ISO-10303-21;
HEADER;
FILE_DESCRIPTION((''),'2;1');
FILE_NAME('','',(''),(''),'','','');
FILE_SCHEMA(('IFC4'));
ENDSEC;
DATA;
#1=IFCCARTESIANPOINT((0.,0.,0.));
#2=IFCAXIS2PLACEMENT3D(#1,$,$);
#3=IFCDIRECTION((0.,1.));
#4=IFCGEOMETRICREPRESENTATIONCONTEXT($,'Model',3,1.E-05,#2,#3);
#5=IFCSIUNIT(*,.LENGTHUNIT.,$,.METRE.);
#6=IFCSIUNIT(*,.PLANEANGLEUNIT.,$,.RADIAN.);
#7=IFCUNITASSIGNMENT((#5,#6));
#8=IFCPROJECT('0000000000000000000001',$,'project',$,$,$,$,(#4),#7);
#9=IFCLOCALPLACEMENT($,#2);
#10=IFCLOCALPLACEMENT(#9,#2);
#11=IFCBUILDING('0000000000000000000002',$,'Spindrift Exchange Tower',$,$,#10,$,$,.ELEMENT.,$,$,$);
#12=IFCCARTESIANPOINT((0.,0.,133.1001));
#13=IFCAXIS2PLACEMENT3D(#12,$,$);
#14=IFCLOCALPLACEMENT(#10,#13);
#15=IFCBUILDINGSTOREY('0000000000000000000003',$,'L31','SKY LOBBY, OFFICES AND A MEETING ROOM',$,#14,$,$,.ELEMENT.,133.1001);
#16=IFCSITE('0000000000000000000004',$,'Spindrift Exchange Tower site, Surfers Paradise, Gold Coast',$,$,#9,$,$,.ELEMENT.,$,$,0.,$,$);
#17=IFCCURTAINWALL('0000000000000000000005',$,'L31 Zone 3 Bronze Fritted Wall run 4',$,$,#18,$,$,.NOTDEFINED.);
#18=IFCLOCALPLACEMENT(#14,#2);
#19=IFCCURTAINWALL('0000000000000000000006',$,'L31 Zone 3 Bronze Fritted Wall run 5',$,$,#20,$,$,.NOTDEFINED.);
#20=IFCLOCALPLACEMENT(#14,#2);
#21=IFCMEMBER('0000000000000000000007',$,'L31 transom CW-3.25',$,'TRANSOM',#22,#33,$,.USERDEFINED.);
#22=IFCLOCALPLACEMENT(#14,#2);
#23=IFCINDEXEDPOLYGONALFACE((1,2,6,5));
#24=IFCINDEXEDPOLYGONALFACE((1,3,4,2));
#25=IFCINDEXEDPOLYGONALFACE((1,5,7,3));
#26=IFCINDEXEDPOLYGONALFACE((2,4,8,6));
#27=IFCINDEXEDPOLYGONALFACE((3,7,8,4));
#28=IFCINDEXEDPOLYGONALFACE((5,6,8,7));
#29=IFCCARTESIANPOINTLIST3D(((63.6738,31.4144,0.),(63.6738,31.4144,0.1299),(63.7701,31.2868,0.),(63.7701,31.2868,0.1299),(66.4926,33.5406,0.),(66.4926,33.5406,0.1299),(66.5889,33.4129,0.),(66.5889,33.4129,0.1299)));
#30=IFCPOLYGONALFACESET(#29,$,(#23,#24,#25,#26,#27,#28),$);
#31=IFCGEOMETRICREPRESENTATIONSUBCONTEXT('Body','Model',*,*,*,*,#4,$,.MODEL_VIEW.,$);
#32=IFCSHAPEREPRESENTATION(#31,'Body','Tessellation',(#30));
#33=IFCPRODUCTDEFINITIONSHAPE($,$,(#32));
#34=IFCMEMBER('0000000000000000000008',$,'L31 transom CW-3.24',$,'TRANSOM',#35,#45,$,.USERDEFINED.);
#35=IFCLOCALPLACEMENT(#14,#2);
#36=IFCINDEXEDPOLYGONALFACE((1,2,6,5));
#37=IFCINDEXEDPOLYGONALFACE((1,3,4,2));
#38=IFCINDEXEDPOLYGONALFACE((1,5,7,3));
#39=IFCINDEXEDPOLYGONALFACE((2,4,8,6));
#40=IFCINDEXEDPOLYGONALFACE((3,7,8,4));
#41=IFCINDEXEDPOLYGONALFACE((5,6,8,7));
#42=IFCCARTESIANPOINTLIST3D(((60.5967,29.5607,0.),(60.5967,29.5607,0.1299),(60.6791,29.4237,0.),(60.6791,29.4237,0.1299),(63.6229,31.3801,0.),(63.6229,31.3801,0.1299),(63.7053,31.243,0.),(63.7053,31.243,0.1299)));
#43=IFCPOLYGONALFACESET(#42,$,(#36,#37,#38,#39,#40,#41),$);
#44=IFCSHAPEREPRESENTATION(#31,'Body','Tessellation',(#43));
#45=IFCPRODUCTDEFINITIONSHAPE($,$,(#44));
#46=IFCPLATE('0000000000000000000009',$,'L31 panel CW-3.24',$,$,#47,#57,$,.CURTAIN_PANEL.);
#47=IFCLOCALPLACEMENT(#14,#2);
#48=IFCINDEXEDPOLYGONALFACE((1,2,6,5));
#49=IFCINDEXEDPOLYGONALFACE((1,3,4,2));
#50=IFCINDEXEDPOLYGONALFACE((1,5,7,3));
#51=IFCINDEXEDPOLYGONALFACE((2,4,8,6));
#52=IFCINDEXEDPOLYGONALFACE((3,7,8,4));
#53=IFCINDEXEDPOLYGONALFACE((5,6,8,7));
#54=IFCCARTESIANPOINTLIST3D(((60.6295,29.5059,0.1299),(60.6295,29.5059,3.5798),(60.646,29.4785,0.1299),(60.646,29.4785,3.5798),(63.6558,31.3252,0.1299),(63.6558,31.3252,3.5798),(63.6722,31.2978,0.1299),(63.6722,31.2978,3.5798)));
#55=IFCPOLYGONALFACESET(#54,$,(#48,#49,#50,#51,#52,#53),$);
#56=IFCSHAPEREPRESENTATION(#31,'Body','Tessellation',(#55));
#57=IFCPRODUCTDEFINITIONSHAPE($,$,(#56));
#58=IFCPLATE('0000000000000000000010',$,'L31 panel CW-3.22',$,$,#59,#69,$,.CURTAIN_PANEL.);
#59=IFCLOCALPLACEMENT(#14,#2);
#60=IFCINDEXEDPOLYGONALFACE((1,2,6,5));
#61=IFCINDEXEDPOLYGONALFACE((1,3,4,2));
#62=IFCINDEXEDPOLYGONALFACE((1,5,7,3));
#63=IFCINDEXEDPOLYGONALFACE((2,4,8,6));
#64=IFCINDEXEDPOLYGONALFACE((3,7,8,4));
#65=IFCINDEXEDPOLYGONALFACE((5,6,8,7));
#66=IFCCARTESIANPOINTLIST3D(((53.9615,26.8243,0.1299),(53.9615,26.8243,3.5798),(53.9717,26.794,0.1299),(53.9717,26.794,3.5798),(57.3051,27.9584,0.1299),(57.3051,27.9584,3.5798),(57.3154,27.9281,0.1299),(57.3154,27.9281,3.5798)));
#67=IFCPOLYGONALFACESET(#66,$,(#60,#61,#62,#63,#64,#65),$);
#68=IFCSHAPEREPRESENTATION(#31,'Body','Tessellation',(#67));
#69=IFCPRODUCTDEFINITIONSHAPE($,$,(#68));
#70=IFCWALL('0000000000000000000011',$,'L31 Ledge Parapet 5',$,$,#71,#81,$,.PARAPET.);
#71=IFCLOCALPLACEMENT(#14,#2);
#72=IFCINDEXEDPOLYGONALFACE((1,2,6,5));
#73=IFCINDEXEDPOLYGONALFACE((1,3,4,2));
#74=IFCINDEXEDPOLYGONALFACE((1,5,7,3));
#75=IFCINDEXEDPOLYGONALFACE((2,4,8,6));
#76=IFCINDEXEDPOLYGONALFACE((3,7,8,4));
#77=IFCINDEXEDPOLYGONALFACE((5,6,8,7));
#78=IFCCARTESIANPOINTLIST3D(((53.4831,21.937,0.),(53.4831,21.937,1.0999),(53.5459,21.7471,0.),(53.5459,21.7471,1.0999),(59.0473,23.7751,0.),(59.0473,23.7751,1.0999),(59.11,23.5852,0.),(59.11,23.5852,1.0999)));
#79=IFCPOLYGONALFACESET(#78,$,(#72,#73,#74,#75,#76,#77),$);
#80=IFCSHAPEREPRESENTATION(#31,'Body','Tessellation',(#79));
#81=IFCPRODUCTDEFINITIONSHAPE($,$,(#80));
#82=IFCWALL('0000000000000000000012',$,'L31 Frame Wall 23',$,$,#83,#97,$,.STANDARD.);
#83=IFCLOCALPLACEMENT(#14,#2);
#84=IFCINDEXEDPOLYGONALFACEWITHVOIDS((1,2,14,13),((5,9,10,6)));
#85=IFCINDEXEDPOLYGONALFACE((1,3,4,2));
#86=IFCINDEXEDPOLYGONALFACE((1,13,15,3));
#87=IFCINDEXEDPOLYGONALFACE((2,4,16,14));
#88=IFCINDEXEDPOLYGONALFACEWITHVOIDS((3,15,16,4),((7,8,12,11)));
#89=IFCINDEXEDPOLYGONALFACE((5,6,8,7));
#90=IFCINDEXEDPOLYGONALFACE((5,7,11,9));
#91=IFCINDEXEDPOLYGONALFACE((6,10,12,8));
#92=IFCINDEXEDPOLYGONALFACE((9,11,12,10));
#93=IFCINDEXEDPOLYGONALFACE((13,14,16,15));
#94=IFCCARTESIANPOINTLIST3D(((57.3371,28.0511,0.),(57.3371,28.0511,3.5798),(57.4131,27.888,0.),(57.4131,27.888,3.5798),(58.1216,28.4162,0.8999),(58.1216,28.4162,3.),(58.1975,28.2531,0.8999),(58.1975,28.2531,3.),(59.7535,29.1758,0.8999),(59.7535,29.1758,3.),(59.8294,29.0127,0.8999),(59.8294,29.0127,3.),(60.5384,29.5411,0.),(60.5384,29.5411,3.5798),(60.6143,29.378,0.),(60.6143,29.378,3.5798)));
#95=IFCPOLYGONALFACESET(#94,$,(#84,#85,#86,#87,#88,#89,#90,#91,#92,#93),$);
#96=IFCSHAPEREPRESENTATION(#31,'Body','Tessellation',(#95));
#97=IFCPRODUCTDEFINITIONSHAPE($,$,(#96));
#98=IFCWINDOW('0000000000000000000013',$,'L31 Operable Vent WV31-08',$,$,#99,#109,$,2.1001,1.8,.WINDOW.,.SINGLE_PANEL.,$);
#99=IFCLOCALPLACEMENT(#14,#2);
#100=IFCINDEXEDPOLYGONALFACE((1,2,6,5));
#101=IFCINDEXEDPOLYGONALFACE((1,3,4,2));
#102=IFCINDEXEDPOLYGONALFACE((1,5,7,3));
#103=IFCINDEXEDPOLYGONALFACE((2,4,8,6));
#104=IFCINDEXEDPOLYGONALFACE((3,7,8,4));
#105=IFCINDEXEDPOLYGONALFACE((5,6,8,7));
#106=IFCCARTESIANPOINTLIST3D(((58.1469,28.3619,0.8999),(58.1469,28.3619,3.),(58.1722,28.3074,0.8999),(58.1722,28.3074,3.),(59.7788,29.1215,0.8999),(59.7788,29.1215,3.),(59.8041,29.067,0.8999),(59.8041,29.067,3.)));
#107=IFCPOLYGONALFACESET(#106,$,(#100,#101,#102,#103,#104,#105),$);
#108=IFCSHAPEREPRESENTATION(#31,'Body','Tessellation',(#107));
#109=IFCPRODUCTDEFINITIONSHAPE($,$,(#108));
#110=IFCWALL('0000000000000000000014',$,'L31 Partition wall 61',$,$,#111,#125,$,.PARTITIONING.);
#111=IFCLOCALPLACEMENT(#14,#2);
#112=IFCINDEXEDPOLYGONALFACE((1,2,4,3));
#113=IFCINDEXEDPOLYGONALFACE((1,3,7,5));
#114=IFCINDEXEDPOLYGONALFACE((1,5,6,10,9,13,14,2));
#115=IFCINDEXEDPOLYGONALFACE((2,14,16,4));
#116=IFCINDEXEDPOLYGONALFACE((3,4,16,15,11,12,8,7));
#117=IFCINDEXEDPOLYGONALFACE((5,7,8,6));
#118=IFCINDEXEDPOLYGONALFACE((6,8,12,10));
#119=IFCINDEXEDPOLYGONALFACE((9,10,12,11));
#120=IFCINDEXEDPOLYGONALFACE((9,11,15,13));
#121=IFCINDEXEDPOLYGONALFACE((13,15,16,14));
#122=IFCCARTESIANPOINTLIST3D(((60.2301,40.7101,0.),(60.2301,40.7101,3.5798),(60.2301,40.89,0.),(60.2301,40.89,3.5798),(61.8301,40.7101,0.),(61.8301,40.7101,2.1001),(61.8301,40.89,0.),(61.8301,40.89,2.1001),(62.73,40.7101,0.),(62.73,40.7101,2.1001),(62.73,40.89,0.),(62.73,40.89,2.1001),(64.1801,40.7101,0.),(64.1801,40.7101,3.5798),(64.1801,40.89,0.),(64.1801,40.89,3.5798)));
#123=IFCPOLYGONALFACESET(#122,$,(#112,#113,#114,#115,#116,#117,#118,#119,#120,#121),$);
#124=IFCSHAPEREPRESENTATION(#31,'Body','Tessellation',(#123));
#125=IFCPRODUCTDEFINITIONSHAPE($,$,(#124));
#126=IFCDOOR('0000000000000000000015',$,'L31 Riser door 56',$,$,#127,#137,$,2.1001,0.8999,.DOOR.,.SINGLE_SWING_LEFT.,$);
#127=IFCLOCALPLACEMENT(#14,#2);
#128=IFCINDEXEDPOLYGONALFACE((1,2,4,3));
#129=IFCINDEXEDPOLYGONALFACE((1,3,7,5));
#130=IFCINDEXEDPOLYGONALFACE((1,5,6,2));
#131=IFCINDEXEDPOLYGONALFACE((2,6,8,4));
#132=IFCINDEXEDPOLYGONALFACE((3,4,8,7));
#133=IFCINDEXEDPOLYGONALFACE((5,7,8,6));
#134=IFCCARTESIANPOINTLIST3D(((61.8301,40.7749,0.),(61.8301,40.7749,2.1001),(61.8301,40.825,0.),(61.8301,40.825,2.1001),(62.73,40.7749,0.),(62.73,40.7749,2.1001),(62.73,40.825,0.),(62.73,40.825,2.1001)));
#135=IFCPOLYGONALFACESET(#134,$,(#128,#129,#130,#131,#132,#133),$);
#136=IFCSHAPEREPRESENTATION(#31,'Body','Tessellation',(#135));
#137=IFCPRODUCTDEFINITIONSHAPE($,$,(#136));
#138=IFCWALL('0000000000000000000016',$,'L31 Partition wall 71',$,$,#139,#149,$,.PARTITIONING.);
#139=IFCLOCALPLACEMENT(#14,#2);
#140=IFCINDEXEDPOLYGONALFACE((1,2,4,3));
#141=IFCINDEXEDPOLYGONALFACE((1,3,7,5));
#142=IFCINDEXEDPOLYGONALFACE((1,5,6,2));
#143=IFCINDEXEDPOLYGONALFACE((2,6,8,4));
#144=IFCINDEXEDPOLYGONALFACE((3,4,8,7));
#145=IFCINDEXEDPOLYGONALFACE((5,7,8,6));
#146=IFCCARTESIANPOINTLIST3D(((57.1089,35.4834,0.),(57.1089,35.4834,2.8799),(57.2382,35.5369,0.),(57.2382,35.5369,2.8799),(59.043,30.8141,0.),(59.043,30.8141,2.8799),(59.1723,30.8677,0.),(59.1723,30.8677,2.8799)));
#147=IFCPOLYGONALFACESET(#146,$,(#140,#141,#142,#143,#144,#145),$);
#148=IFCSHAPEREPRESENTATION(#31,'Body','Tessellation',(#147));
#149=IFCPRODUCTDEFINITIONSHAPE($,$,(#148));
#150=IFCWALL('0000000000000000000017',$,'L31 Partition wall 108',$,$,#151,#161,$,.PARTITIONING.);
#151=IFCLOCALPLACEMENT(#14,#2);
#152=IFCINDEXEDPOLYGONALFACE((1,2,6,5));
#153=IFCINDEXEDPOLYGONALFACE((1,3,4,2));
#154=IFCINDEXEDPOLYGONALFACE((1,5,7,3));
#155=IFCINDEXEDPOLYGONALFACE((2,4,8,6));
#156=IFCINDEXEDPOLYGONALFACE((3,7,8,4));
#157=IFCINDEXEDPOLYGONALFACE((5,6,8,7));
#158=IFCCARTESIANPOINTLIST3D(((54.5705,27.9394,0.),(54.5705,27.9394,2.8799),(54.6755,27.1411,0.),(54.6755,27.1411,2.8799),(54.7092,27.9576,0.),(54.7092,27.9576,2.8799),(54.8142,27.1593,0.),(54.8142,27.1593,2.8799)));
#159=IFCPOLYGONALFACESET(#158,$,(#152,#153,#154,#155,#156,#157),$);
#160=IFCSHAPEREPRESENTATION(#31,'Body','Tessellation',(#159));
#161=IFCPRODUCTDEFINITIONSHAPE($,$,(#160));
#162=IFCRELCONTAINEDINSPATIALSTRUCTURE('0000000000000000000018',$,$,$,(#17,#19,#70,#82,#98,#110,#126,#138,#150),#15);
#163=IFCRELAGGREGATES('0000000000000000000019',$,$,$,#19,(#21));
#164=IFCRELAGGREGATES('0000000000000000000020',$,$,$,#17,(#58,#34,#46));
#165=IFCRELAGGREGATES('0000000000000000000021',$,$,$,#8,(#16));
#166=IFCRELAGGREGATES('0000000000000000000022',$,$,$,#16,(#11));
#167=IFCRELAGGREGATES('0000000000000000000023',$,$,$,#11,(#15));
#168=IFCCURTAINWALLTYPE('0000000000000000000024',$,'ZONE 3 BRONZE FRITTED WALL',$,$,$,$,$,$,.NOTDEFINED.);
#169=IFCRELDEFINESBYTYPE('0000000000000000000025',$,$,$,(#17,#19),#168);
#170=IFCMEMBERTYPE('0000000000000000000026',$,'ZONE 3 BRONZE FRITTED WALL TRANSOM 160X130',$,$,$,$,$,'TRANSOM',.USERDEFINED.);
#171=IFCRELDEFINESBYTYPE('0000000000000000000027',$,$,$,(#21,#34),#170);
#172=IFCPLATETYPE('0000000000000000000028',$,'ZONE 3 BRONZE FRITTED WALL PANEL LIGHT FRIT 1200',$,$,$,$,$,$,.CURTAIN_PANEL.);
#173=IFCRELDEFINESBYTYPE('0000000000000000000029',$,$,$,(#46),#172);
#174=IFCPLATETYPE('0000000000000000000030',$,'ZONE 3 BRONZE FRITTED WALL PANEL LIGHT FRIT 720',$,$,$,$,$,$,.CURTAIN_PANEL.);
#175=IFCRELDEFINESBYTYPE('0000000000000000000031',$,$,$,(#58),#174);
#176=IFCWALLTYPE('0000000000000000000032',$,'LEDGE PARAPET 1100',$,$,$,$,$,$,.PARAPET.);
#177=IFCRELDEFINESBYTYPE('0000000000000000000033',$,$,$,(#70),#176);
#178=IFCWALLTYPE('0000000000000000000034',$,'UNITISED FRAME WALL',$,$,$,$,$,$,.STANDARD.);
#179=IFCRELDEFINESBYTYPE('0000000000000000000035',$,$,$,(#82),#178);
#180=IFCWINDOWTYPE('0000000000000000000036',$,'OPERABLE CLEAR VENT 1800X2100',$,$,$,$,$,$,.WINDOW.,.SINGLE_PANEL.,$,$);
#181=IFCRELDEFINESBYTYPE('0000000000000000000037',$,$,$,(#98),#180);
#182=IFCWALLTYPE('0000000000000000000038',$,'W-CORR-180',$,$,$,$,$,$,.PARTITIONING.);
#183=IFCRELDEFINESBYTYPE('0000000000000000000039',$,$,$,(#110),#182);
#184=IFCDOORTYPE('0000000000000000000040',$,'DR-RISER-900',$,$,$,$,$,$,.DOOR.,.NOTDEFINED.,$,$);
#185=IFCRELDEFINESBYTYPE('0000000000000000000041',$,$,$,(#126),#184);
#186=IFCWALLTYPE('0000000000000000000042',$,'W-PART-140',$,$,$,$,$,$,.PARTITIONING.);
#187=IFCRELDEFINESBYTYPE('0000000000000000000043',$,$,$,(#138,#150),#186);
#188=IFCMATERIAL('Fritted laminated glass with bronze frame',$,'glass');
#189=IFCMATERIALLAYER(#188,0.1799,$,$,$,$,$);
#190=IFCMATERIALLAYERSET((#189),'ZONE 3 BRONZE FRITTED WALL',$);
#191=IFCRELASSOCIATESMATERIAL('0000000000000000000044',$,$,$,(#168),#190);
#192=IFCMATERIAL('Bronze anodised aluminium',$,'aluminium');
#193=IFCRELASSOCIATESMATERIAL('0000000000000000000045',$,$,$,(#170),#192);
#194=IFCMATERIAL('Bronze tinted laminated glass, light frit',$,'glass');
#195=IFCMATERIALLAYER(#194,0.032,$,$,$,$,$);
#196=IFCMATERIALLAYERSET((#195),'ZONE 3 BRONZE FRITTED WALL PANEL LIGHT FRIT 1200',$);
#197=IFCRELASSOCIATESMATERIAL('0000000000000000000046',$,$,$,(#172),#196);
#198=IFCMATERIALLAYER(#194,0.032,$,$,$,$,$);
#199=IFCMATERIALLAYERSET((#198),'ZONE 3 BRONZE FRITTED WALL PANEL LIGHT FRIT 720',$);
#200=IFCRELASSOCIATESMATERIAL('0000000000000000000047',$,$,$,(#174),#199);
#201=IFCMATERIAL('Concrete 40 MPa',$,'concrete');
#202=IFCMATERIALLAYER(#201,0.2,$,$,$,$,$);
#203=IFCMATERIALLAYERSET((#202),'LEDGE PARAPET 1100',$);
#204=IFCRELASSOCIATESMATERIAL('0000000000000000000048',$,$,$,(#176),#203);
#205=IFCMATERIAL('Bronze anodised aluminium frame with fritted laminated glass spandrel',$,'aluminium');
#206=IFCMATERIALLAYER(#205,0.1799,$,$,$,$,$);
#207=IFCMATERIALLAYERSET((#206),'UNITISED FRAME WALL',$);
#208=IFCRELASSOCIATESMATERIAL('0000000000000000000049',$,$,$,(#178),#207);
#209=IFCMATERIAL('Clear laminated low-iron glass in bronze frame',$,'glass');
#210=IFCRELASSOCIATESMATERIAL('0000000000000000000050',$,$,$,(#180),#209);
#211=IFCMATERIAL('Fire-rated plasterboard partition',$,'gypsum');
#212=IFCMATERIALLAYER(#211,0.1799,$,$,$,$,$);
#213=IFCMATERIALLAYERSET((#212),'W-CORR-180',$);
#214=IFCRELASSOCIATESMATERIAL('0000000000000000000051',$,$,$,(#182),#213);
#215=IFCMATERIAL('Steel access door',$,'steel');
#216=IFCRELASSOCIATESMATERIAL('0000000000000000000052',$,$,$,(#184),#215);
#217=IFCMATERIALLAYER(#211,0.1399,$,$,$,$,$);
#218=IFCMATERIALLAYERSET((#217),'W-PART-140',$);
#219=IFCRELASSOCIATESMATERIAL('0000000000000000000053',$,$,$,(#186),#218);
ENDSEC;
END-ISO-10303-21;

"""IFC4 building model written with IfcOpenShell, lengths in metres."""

from ifc_helpers import new_model, si_unit, direction, frame, frame_2d, origin, origin_2d, place, context, subcontext, project, spatial, rectangle, extrude, source, transform, mapped, material, layer, layer_set, material_profile, profile_set, type_object, element, fill, aggregate, save


model = new_model("IFC4")

# Units and contexts
model_context = context("Model", 3, precision=1e-05, world=origin(), true_north=direction((0.0, 1.0)))
body_context = subcontext(model_context, "Body", "Model", "MODEL_VIEW")
ifc_project = project(units=[si_unit("LENGTHUNIT", "METRE"), si_unit("PLANEANGLEUNIT", "RADIAN")], contexts=[model_context])

# Site, building, storey
site_placement = place(None, origin())
site = spatial("IfcSite", under=ifc_project, at=site_placement, Name="Spindrift Exchange Tower site, Surfers Paradise, Gold Coast", CompositionType="ELEMENT", RefElevation=0.0)
building_placement = place(site_placement, origin())
building = spatial("IfcBuilding", under=site, at=building_placement, Name="Spindrift Exchange Tower", CompositionType="ELEMENT")
storey_placement = place(building_placement, frame((0.0, 0.0, 133.1001)))
storey = spatial("IfcBuildingStorey", under=building, at=storey_placement, Name="L31", Description="SKY LOBBY, OFFICES AND A MEETING ROOM", CompositionType="ELEMENT", Elevation=133.1001)

# Curtain walls, member
ifc_material_1 = material(Name="Fritted laminated glass with bronze frame", Category="glass")
ifc_layer_1 = layer(ifc_material_1, 0.1799)
ifc_layer_set_1 = layer_set([ifc_layer_1], Name="ZONE 3 BRONZE FRITTED WALL")
curtain_wall_type = type_object("IfcCurtainWallType", Name="ZONE 3 BRONZE FRITTED WALL", PredefinedType="NOTDEFINED", material=ifc_layer_set_1)
curtain_wall_1_placement = place(storey_placement, origin())
curtain_wall_1 = element("IfcCurtainWall", 1, at=curtain_wall_1_placement, inside=storey, type_object=curtain_wall_type, Name="L31 Zone 3 Bronze Fritted Wall run 4", PredefinedType="NOTDEFINED")
ifc_material_2 = material(Name="Bronze anodised aluminium", Category="aluminium")
curtain_wall_2_placement = place(storey_placement, origin())
curtain_wall_2 = element("IfcCurtainWall", 2, at=curtain_wall_2_placement, inside=storey, type_object=curtain_wall_type, Name="L31 Zone 3 Bronze Fritted Wall run 5", PredefinedType="NOTDEFINED")
ifc_material_profile_1 = material_profile(ifc_material_2, rectangle(XDim=0.1599, YDim=0.1299, at=origin_2d()), Name="ZONE 3 BRONZE FRITTED WALL TRANSOM 160X130")
ifc_profile_set_1 = profile_set([ifc_material_profile_1], Name="Bronze anodised aluminium")
member_type_1 = type_object("IfcMemberType", Name="ZONE 3 BRONZE FRITTED WALL TRANSOM 160X130", ElementType="TRANSOM", PredefinedType="USERDEFINED", material=ifc_profile_set_1)
shared_shape_1 = source(origin(), body_context, "Body", "SweptSolid", [
    extrude(rectangle(XDim=0.1599, YDim=0.1299, at=origin_2d()), origin(), (0.0, 0.0, 1.0), 3.5308),
])
member_1_placement = place(storey_placement, frame((63.7219, 31.3506, 0.0649), z_axis=(0.798354, 0.602188, 0.0), x_axis=(-0.602188, 0.798354, 0.0)))
member_1 = element("IfcMember", 3, at=member_1_placement, type_object=member_type_1, Name="L31 transom CW-3.25", ObjectType="TRANSOM", PredefinedType="USERDEFINED", context=body_context, shape_type="MappedRepresentation", body=[
    mapped(shared_shape_1, transform((0.0, 0.0, 0.0), scale=1.0)),
])
aggregate(curtain_wall_2, [member_1])

# Member
shared_shape_2 = source(origin(), body_context, "Body", "SweptSolid", [
    extrude(rectangle(XDim=0.1599, YDim=0.1299, at=origin_2d()), origin(), (0.0, 0.0, 1.0), 3.531),
])
member_2_placement = place(storey_placement, frame((60.6379, 29.4922, 0.0649), z_axis=(0.857035, 0.515258, 0.0), x_axis=(-0.515258, 0.857035, 0.0)))
member_2 = element("IfcMember", 4, at=member_2_placement, type_object=member_type_1, Name="L31 transom CW-3.24", ObjectType="TRANSOM", PredefinedType="USERDEFINED", context=body_context, shape_type="MappedRepresentation", body=[
    mapped(shared_shape_2, transform((0.0, 0.0, 0.0), scale=1.0)),
])

# Plates
ifc_material_3 = material(Name="Bronze tinted laminated glass, light frit", Category="glass")
ifc_layer_2 = layer(ifc_material_3, 0.032)
ifc_layer_set_2 = layer_set([ifc_layer_2], Name="ZONE 3 BRONZE FRITTED WALL PANEL LIGHT FRIT 1200")
plate_type_1 = type_object("IfcPlateType", Name="ZONE 3 BRONZE FRITTED WALL PANEL LIGHT FRIT 1200", PredefinedType="CURTAIN_PANEL", material=ifc_layer_set_2)
shared_shape_3 = source(origin(), body_context, "Body", "SweptSolid", [
    extrude(rectangle(XDim=3.531, YDim=0.032, at=origin_2d()), origin(), (0.0, 0.0, 1.0), 3.45),
])
plate_1_placement = place(storey_placement, frame((62.1509, 30.4019, 0.1299), z_axis=(0.0, 0.0, 1.0), x_axis=(0.857047, 0.515239, 0.0)))
plate_1 = element("IfcPlate", 5, at=plate_1_placement, type_object=plate_type_1, Name="L31 panel CW-3.24", PredefinedType="CURTAIN_PANEL", context=body_context, shape_type="MappedRepresentation", body=[
    mapped(shared_shape_3, transform((0.0, 0.0, 0.0), scale=1.0)),
])
ifc_layer_3 = layer(ifc_material_3, 0.032)
ifc_layer_set_3 = layer_set([ifc_layer_3], Name="ZONE 3 BRONZE FRITTED WALL PANEL LIGHT FRIT 720")
plate_type_2 = type_object("IfcPlateType", Name="ZONE 3 BRONZE FRITTED WALL PANEL LIGHT FRIT 720", PredefinedType="CURTAIN_PANEL", material=ifc_layer_set_3)
shared_shape_4 = source(origin(), body_context, "Body", "SweptSolid", [
    extrude(rectangle(XDim=3.5308, YDim=0.032, at=origin_2d()), origin(), (0.0, 0.0, 1.0), 3.45),
])
plate_2_placement = place(storey_placement, frame((55.6384, 27.3762, 0.1299), z_axis=(0.0, 0.0, 1.0), x_axis=(0.947006, 0.321215, 0.0)))
plate_2 = element("IfcPlate", 6, at=plate_2_placement, type_object=plate_type_2, Name="L31 panel CW-3.22", PredefinedType="CURTAIN_PANEL", context=body_context, shape_type="MappedRepresentation", body=[
    mapped(shared_shape_4, transform((0.0, 0.0, 0.0), scale=1.0)),
])
aggregate(curtain_wall_1, [plate_2, member_2, plate_1])

# Wall
ifc_material_4 = material(Name="Concrete 40 MPa", Category="concrete")
ifc_layer_4 = layer(ifc_material_4, 0.2)
ifc_layer_set_4 = layer_set([ifc_layer_4], Name="LEDGE PARAPET 1100")
wall_type_1 = type_object("IfcWallType", Name="LEDGE PARAPET 1100", PredefinedType="PARAPET", material=ifc_layer_set_4)
wall_1_placement = place(storey_placement, frame((59.0786, 23.6802, 0.0), z_axis=(0.0, 0.0, 1.0), x_axis=(-0.94953, -0.313677, 0.0)))
element("IfcWall", 7, at=wall_1_placement, inside=storey, type_object=wall_type_1, Name="L31 Ledge Parapet 5", PredefinedType="PARAPET", context=body_context, shape_type="SweptSolid", body=[
    extrude(rectangle(XDim=5.8599, YDim=0.2, at=frame_2d((2.9299, 0.0))), origin(), (0.0, 0.0, 1.0), 1.0999),
])

# Wall, opening, window
ifc_material_5 = material(Name="Bronze anodised aluminium frame with fritted laminated glass spandrel", Category="aluminium")
ifc_layer_5 = layer(ifc_material_5, 0.1799)
ifc_layer_set_5 = layer_set([ifc_layer_5], Name="UNITISED FRAME WALL")
wall_type_2 = type_object("IfcWallType", Name="UNITISED FRAME WALL", PredefinedType="STANDARD", material=ifc_layer_set_5)
wall_2_placement = place(storey_placement, frame((57.375, 27.9695, 0.0), z_axis=(0.0, 0.0, 1.0), x_axis=(0.906605, 0.421981, 0.0)))
wall_2 = element("IfcWall", 8, at=wall_2_placement, inside=storey, type_object=wall_type_2, Name="L31 Frame Wall 23", PredefinedType="STANDARD", context=body_context, shape_type="SweptSolid", body=[
    extrude(rectangle(XDim=3.531, YDim=0.1799, at=frame_2d((1.7656, 0.0))), origin(), (0.0, 0.0, 1.0), 3.5798),
])
opening_1_placement = place(wall_2_placement, frame((0.8655, 0.0, 0.8999)))
opening_1 = element("IfcOpeningElement", 9, at=opening_1_placement, cuts=wall_2, PredefinedType="OPENING", context=body_context, shape_type="SweptSolid", body=[
    extrude(rectangle(XDim=1.8, YDim=2.1001, at=frame_2d((0.8999, 1.05))), frame((0.0, 0.0999, 0.0), z_axis=(0.0, -1.0, 0.0), x_axis=(1.0, 0.0, 0.0)), (0.0, 0.0, 1.0), 0.2),
])
ifc_material_6 = material(Name="Clear laminated low-iron glass in bronze frame", Category="glass")
window_type = type_object("IfcWindowType", Name="OPERABLE CLEAR VENT 1800X2100", PartitioningType="SINGLE_PANEL", PredefinedType="WINDOW", material=ifc_material_6)
shared_shape_5 = source(origin(), body_context, "Body", "SweptSolid", [
    extrude(rectangle(XDim=1.8, YDim=2.1001, at=frame_2d((0.8999, 1.05))), frame((0.0, 0.03, 0.0), z_axis=(0.0, -1.0, 0.0), x_axis=(1.0, 0.0, 0.0)), (0.0, 0.0, 1.0), 0.0601),
])
window_placement = place(opening_1_placement, origin())
window = element("IfcWindow", 10, at=window_placement, inside=storey, type_object=window_type, Name="L31 Operable Vent WV31-08", OverallHeight=2.1001, OverallWidth=1.8, PartitioningType="SINGLE_PANEL", PredefinedType="WINDOW", context=body_context, shape_type="MappedRepresentation", body=[
    mapped(shared_shape_5, transform((0.0, 0.0, 0.0), scale=1.0)),
])
fill(opening_1, window)

# Wall, opening, door
ifc_material_7 = material(Name="Fire-rated plasterboard partition", Category="gypsum")
ifc_layer_6 = layer(ifc_material_7, 0.1799)
ifc_layer_set_6 = layer_set([ifc_layer_6], Name="W-CORR-180")
wall_type_3 = type_object("IfcWallType", Name="W-CORR-180", PredefinedType="PARTITIONING", material=ifc_layer_set_6)
wall_3_placement = place(storey_placement, frame((60.23, 40.8, 0.0), z_axis=(0.0, 0.0, 1.0), x_axis=(1.0, 0.0, 0.0)))
wall_3 = element("IfcWall", 11, at=wall_3_placement, inside=storey, type_object=wall_type_3, Name="L31 Partition wall 61", PredefinedType="PARTITIONING", context=body_context, shape_type="SweptSolid", body=[
    extrude(rectangle(XDim=3.95, YDim=0.1799, at=frame_2d((1.9751, 0.0))), origin(), (0.0, 0.0, 1.0), 3.5798),
])
opening_2_placement = place(wall_3_placement, frame((1.6001, 0.0, 0.0)))
opening_2 = element("IfcOpeningElement", 12, at=opening_2_placement, cuts=wall_3, PredefinedType="OPENING", context=body_context, shape_type="SweptSolid", body=[
    extrude(rectangle(XDim=0.8999, YDim=2.1001, at=frame_2d((0.45, 1.05))), frame((0.0, 0.0999, 0.0), z_axis=(0.0, -1.0, 0.0), x_axis=(1.0, 0.0, 0.0)), (0.0, 0.0, 1.0), 0.2),
])
ifc_material_8 = material(Name="Steel access door", Category="steel")
door_type = type_object("IfcDoorType", Name="DR-RISER-900", OperationType="NOTDEFINED", PredefinedType="DOOR", material=ifc_material_8)
shared_shape_6 = source(origin(), body_context, "Body", "SweptSolid", [
    extrude(rectangle(XDim=0.8999, YDim=2.1001, at=frame_2d((0.45, 1.05))), frame((0.0, 0.0249, 0.0), z_axis=(0.0, -1.0, 0.0), x_axis=(1.0, 0.0, 0.0)), (0.0, 0.0, 1.0), 0.05),
])
door_placement = place(opening_2_placement, origin())
door = element("IfcDoor", 13, at=door_placement, inside=storey, type_object=door_type, Name="L31 Riser door 56", OperationType="SINGLE_SWING_LEFT", OverallHeight=2.1001, OverallWidth=0.8999, PredefinedType="DOOR", context=body_context, shape_type="MappedRepresentation", body=[
    mapped(shared_shape_6, transform((0.0, 0.0, 0.0), scale=1.0)),
])
fill(opening_2, door)

# Walls
ifc_layer_7 = layer(ifc_material_7, 0.1399)
ifc_layer_set_7 = layer_set([ifc_layer_7], Name="W-PART-140")
wall_type_4 = type_object("IfcWallType", Name="W-PART-140", PredefinedType="PARTITIONING", material=ifc_layer_set_7)
wall_4_placement = place(storey_placement, frame((57.1736, 35.51, 0.0), z_axis=(0.0, 0.0, 1.0), x_axis=(0.38269, -0.923877, 0.0)))
element("IfcWall", 14, at=wall_4_placement, inside=storey, type_object=wall_type_4, Name="L31 Partition wall 71", PredefinedType="PARTITIONING", context=body_context, shape_type="SweptSolid", body=[
    extrude(rectangle(XDim=5.054, YDim=0.1399, at=frame_2d((2.5269, 0.0))), origin(), (0.0, 0.0, 1.0), 2.8799),
])
wall_5_placement = place(storey_placement, frame((54.6399, 27.9485, 0.0), z_axis=(0.0, 0.0, 1.0), x_axis=(0.130376, -0.991465, 0.0)))
element("IfcWall", 15, at=wall_5_placement, inside=storey, type_object=wall_type_4, Name="L31 Partition wall 108", PredefinedType="PARTITIONING", context=body_context, shape_type="SweptSolid", body=[
    extrude(rectangle(XDim=0.8052, YDim=0.1399, at=frame_2d((0.4026, 0.0))), origin(), (0.0, 0.0, 1.0), 2.8799),
])

save(model, "model.ifc")
